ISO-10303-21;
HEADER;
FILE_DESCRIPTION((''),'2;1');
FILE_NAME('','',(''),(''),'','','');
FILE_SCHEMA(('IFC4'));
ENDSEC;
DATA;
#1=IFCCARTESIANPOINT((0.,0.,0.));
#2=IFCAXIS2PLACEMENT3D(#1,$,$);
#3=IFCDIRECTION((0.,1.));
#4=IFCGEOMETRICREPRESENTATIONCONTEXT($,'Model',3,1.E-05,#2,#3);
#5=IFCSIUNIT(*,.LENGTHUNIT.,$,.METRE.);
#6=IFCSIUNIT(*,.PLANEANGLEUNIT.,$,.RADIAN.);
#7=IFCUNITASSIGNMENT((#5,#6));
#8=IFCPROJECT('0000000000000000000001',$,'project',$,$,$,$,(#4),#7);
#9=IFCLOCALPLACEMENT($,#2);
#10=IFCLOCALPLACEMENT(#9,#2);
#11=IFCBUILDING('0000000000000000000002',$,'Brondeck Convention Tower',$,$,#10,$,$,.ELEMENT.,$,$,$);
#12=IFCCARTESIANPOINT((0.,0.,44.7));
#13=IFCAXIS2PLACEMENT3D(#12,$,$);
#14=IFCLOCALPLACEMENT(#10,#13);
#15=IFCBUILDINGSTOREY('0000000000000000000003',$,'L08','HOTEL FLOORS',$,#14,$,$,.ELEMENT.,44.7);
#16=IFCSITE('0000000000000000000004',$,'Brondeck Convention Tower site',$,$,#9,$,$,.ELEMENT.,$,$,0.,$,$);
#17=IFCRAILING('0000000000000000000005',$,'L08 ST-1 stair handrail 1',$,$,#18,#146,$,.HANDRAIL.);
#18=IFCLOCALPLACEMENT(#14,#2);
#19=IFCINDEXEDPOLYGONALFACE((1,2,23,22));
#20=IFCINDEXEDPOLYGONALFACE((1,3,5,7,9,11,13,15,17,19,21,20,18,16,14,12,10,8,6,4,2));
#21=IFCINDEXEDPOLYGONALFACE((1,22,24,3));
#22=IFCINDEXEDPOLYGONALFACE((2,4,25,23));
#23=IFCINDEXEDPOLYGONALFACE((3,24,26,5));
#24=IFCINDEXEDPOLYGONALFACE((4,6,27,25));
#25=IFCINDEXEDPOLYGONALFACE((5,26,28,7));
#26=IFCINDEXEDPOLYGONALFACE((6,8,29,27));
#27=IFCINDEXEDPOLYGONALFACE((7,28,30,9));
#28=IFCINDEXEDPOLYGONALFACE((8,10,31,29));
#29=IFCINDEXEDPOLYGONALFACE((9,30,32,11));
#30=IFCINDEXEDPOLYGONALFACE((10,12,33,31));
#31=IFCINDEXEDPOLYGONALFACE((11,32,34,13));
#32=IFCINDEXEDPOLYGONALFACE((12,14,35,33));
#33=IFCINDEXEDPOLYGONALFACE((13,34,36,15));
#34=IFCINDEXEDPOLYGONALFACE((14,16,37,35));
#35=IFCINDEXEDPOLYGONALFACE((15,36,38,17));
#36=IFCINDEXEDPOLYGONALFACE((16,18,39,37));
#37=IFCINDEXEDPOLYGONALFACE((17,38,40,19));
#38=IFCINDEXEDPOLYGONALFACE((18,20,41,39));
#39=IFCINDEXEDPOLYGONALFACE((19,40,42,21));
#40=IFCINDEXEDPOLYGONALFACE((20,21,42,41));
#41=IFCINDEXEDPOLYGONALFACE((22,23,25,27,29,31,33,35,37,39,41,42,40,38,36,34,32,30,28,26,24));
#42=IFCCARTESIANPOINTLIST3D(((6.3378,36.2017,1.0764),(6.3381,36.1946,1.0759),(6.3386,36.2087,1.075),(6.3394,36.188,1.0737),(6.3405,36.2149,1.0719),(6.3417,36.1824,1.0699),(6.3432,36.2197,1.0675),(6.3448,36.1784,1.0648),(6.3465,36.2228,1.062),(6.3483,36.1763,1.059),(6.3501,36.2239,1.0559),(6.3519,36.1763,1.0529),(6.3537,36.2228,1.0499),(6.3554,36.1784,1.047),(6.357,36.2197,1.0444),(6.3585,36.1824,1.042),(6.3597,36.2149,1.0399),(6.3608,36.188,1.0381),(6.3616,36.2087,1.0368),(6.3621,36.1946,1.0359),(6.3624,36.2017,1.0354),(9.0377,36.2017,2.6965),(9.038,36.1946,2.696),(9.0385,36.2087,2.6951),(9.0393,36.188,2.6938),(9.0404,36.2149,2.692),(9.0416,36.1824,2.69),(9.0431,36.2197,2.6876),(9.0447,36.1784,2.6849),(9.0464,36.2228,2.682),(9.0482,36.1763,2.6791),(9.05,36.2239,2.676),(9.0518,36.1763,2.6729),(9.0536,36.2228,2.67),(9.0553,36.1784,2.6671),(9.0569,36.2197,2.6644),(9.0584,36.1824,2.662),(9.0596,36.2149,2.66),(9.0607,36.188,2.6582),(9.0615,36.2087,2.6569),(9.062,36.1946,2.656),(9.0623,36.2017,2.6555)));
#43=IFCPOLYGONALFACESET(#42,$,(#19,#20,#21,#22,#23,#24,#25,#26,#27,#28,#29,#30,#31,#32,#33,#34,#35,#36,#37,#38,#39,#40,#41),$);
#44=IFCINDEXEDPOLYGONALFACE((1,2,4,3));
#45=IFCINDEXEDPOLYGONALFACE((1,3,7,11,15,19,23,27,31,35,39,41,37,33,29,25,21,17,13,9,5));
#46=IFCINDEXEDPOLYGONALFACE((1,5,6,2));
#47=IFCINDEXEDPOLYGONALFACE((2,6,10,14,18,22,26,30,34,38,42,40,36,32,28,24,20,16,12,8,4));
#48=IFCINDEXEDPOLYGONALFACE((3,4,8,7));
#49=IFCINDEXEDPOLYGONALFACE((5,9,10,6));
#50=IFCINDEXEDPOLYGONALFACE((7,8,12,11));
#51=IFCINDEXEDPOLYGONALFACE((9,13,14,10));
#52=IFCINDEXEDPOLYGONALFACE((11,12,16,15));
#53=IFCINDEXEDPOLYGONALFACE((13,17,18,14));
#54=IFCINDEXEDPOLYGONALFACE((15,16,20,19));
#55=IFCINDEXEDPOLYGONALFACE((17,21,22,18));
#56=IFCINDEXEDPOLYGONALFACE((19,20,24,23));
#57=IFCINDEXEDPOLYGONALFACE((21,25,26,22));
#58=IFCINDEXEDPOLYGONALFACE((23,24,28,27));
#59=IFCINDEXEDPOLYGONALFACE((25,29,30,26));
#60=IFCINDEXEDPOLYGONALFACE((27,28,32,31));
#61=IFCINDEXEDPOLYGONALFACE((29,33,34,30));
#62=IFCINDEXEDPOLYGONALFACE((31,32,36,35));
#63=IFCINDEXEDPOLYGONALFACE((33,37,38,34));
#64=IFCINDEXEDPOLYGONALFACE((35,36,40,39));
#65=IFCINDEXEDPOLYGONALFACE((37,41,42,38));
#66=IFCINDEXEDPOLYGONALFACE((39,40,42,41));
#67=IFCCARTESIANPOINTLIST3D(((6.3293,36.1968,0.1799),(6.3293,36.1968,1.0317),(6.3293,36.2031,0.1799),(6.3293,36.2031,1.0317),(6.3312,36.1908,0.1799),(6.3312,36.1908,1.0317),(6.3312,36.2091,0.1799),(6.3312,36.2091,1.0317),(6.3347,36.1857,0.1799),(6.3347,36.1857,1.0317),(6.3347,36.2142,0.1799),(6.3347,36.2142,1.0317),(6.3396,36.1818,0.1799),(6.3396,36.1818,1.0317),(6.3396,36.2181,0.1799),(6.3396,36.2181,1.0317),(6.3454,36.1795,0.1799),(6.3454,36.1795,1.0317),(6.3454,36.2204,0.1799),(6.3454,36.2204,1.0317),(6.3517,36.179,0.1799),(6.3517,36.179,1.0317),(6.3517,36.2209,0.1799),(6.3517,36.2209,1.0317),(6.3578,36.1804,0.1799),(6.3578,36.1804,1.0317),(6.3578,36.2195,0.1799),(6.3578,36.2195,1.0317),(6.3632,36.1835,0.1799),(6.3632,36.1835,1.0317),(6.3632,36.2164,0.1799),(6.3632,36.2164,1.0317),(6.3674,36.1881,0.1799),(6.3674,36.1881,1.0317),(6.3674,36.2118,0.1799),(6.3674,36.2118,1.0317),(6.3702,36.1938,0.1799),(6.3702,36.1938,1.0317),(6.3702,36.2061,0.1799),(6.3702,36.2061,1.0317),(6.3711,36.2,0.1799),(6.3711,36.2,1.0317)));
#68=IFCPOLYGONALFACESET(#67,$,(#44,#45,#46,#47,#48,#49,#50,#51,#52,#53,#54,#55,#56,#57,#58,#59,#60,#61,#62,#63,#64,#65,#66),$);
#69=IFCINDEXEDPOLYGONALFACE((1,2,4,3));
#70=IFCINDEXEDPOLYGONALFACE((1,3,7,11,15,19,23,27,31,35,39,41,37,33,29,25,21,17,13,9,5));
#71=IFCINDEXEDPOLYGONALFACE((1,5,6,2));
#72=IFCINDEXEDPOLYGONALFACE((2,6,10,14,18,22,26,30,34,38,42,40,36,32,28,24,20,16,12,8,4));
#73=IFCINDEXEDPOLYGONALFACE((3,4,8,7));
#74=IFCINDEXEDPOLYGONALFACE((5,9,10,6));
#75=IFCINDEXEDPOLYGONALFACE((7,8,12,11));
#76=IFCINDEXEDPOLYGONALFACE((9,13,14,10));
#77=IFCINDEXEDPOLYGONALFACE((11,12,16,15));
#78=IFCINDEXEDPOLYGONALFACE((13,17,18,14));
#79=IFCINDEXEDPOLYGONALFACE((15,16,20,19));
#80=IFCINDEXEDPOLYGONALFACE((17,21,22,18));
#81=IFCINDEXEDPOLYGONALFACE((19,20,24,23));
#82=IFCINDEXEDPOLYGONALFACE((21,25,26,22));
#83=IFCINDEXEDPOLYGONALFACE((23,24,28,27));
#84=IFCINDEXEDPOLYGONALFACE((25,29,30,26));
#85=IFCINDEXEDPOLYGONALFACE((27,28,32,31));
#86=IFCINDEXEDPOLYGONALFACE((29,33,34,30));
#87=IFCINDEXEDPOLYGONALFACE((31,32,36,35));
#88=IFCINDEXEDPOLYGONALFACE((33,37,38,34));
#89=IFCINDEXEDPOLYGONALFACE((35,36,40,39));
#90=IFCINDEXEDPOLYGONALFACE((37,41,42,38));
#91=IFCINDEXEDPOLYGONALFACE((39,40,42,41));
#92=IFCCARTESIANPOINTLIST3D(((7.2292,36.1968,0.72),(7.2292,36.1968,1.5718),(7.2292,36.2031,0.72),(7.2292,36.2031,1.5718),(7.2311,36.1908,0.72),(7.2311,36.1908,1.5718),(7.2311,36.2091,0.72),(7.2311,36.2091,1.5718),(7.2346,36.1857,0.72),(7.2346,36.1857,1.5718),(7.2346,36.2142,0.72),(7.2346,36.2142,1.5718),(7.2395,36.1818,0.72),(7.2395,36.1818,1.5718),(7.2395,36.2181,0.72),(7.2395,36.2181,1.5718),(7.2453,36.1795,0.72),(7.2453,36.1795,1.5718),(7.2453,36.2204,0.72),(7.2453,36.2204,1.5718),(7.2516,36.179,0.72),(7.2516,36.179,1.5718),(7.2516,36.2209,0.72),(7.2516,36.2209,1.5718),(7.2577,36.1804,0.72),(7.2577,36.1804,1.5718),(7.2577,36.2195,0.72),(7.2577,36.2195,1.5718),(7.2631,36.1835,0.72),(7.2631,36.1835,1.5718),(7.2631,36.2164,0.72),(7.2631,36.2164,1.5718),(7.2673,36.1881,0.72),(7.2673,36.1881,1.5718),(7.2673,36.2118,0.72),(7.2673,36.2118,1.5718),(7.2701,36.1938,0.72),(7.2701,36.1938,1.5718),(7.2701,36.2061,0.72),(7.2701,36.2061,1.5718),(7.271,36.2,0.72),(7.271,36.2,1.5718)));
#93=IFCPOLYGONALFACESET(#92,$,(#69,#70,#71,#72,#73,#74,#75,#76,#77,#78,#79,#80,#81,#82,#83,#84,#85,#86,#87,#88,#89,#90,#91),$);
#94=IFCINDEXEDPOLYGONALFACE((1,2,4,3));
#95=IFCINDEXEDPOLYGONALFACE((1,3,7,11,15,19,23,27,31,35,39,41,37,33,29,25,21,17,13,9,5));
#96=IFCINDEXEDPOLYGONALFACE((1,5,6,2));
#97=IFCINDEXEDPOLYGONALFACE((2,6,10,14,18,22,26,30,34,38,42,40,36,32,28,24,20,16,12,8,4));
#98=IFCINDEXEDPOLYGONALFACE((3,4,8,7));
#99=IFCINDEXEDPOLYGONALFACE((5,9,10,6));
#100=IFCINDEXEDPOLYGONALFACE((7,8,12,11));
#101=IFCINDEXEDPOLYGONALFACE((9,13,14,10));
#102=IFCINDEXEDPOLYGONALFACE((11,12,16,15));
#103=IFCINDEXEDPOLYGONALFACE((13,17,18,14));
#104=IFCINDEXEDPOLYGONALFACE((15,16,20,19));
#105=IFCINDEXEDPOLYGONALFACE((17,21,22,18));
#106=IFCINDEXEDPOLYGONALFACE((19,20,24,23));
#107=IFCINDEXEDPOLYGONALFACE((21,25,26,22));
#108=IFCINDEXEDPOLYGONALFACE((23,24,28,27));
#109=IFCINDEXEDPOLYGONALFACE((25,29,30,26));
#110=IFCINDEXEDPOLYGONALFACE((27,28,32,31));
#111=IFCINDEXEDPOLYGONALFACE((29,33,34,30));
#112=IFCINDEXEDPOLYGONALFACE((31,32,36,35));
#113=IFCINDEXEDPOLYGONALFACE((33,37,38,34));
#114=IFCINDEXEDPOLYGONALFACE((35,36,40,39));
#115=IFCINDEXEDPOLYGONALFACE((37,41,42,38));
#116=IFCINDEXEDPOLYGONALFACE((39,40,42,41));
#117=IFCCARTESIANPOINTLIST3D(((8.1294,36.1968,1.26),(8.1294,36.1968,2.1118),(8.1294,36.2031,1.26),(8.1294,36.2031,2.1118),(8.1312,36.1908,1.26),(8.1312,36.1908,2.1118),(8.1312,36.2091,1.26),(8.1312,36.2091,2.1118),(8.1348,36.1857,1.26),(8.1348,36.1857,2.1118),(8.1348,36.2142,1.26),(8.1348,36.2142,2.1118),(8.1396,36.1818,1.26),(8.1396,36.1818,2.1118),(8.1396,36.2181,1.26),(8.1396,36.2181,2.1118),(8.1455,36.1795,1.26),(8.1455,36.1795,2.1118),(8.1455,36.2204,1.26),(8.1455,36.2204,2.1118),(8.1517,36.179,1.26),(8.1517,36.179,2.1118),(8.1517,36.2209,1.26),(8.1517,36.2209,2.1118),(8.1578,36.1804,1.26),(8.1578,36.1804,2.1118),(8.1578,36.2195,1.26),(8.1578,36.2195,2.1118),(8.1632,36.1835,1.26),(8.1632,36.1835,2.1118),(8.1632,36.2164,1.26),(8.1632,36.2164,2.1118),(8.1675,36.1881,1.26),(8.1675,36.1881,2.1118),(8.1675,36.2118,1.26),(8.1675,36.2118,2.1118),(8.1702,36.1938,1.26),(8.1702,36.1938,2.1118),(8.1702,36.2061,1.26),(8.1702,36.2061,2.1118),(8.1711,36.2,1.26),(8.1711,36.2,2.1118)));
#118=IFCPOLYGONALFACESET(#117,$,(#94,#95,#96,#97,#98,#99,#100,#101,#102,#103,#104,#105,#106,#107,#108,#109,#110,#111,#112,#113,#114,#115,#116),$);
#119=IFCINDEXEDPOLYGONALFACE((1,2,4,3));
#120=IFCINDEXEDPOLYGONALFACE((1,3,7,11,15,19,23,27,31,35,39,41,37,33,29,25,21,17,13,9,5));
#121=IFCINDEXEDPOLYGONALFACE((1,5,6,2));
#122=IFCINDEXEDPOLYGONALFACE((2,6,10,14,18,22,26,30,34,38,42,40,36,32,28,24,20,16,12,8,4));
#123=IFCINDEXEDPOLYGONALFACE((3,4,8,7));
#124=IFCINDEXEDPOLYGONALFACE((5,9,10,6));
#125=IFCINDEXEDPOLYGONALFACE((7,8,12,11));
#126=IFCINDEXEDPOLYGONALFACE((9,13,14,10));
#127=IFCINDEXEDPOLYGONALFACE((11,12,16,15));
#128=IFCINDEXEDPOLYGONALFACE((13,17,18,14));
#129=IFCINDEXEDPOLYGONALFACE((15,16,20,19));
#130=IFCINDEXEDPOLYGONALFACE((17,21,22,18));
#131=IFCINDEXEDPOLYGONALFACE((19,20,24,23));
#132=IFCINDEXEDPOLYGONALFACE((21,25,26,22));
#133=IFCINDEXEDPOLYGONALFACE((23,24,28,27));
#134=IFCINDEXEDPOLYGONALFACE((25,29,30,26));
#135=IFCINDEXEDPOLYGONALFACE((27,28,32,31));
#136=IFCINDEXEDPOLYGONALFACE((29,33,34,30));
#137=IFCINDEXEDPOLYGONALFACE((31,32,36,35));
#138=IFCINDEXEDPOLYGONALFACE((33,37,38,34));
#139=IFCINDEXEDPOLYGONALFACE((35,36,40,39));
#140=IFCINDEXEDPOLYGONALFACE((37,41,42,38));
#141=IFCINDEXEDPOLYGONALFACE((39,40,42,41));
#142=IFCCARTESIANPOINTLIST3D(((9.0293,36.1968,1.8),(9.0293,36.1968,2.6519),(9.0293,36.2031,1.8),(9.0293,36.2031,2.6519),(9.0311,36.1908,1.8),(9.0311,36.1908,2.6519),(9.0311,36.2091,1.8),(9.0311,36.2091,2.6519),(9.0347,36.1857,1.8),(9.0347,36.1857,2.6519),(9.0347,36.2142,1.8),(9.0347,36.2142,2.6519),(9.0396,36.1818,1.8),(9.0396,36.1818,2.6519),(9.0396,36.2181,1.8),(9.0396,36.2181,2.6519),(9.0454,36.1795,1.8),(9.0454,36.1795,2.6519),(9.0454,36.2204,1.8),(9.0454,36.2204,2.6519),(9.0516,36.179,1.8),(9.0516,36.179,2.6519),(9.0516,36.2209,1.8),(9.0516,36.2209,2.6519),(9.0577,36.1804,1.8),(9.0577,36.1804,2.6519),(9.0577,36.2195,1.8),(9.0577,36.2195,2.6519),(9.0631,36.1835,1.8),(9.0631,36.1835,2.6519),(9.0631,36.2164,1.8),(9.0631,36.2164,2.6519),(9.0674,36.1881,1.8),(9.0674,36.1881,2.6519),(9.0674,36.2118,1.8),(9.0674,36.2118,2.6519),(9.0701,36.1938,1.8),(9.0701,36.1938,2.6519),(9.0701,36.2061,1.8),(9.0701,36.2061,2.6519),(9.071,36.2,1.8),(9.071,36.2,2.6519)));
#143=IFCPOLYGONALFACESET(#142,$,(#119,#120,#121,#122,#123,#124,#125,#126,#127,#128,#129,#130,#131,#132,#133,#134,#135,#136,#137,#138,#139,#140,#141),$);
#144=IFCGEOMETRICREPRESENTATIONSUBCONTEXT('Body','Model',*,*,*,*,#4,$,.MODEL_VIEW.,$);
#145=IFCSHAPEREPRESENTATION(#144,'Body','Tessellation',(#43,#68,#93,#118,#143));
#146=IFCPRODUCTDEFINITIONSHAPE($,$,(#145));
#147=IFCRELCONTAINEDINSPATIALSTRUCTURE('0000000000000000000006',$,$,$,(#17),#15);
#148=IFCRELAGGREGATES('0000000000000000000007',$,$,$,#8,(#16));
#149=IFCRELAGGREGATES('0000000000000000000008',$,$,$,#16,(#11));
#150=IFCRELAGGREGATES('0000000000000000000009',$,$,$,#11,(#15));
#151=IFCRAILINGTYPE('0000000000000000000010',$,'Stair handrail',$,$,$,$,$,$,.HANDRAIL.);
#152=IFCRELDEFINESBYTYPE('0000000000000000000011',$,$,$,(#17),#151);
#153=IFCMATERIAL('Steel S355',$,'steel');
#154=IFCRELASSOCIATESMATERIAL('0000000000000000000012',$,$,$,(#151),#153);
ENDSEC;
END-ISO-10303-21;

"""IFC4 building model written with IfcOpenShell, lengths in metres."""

from ifc_helpers import new_model, si_unit, direction, frame, origin, origin_2d, place, context, subcontext, project, spatial, circle, extrude, material, type_object, element, save


model = new_model("IFC4")

# Units and contexts
model_context = context("Model", 3, precision=1e-05, world=origin(), true_north=direction((0.0, 1.0)))
body_context = subcontext(model_context, "Body", "Model", "MODEL_VIEW")
ifc_project = project(units=[si_unit("LENGTHUNIT", "METRE"), si_unit("PLANEANGLEUNIT", "RADIAN")], contexts=[model_context])

# Site, building, storey
site_placement = place(None, origin())
site = spatial("IfcSite", under=ifc_project, at=site_placement, Name="Brondeck Convention Tower site", CompositionType="ELEMENT", RefElevation=0.0)
building_placement = place(site_placement, origin())
building = spatial("IfcBuilding", under=site, at=building_placement, Name="Brondeck Convention Tower", CompositionType="ELEMENT")
storey_placement = place(building_placement, frame((0.0, 0.0, 44.7)))
storey = spatial("IfcBuildingStorey", under=building, at=storey_placement, Name="L08", Description="HOTEL FLOORS", CompositionType="ELEMENT", Elevation=44.7)

# Railing
ifc_material_1 = material(Name="Steel S355", Category="steel")
railing_type_1 = type_object("IfcRailingType", Name="Stair handrail", PredefinedType="HANDRAIL", material=ifc_material_1)
railing_1_placement = place(storey_placement, frame((6.3501, 36.2, 0.1799)))
element("IfcRailing", 1, at=railing_1_placement, inside=storey, type_object=railing_type_1, Name="L08 ST-1 stair handrail 1", PredefinedType="HANDRAIL", context=body_context, shape_type="SweptSolid", body=[
    extrude(circle(Radius=0.0239, at=origin_2d()), frame((0.0, 0.0, 0.876), z_axis=(0.857472, 0.0, 0.51453), x_axis=(0.0, 1.0, 0.0)), (0.0, 0.0, 1.0), 3.1487),
    extrude(circle(Radius=0.021, at=origin_2d()), origin(), (0.0, 0.0, 1.0), 0.8518),
    extrude(circle(Radius=0.021, at=origin_2d()), frame((0.8999, 0.0, 0.54)), (0.0, 0.0, 1.0), 0.8518),
    extrude(circle(Radius=0.021, at=origin_2d()), frame((1.8, 0.0, 1.0801)), (0.0, 0.0, 1.0), 0.8518),
    extrude(circle(Radius=0.021, at=origin_2d()), frame((2.7, 0.0, 1.6201)), (0.0, 0.0, 1.0), 0.8518),
])

save(model, "model.ifc")
